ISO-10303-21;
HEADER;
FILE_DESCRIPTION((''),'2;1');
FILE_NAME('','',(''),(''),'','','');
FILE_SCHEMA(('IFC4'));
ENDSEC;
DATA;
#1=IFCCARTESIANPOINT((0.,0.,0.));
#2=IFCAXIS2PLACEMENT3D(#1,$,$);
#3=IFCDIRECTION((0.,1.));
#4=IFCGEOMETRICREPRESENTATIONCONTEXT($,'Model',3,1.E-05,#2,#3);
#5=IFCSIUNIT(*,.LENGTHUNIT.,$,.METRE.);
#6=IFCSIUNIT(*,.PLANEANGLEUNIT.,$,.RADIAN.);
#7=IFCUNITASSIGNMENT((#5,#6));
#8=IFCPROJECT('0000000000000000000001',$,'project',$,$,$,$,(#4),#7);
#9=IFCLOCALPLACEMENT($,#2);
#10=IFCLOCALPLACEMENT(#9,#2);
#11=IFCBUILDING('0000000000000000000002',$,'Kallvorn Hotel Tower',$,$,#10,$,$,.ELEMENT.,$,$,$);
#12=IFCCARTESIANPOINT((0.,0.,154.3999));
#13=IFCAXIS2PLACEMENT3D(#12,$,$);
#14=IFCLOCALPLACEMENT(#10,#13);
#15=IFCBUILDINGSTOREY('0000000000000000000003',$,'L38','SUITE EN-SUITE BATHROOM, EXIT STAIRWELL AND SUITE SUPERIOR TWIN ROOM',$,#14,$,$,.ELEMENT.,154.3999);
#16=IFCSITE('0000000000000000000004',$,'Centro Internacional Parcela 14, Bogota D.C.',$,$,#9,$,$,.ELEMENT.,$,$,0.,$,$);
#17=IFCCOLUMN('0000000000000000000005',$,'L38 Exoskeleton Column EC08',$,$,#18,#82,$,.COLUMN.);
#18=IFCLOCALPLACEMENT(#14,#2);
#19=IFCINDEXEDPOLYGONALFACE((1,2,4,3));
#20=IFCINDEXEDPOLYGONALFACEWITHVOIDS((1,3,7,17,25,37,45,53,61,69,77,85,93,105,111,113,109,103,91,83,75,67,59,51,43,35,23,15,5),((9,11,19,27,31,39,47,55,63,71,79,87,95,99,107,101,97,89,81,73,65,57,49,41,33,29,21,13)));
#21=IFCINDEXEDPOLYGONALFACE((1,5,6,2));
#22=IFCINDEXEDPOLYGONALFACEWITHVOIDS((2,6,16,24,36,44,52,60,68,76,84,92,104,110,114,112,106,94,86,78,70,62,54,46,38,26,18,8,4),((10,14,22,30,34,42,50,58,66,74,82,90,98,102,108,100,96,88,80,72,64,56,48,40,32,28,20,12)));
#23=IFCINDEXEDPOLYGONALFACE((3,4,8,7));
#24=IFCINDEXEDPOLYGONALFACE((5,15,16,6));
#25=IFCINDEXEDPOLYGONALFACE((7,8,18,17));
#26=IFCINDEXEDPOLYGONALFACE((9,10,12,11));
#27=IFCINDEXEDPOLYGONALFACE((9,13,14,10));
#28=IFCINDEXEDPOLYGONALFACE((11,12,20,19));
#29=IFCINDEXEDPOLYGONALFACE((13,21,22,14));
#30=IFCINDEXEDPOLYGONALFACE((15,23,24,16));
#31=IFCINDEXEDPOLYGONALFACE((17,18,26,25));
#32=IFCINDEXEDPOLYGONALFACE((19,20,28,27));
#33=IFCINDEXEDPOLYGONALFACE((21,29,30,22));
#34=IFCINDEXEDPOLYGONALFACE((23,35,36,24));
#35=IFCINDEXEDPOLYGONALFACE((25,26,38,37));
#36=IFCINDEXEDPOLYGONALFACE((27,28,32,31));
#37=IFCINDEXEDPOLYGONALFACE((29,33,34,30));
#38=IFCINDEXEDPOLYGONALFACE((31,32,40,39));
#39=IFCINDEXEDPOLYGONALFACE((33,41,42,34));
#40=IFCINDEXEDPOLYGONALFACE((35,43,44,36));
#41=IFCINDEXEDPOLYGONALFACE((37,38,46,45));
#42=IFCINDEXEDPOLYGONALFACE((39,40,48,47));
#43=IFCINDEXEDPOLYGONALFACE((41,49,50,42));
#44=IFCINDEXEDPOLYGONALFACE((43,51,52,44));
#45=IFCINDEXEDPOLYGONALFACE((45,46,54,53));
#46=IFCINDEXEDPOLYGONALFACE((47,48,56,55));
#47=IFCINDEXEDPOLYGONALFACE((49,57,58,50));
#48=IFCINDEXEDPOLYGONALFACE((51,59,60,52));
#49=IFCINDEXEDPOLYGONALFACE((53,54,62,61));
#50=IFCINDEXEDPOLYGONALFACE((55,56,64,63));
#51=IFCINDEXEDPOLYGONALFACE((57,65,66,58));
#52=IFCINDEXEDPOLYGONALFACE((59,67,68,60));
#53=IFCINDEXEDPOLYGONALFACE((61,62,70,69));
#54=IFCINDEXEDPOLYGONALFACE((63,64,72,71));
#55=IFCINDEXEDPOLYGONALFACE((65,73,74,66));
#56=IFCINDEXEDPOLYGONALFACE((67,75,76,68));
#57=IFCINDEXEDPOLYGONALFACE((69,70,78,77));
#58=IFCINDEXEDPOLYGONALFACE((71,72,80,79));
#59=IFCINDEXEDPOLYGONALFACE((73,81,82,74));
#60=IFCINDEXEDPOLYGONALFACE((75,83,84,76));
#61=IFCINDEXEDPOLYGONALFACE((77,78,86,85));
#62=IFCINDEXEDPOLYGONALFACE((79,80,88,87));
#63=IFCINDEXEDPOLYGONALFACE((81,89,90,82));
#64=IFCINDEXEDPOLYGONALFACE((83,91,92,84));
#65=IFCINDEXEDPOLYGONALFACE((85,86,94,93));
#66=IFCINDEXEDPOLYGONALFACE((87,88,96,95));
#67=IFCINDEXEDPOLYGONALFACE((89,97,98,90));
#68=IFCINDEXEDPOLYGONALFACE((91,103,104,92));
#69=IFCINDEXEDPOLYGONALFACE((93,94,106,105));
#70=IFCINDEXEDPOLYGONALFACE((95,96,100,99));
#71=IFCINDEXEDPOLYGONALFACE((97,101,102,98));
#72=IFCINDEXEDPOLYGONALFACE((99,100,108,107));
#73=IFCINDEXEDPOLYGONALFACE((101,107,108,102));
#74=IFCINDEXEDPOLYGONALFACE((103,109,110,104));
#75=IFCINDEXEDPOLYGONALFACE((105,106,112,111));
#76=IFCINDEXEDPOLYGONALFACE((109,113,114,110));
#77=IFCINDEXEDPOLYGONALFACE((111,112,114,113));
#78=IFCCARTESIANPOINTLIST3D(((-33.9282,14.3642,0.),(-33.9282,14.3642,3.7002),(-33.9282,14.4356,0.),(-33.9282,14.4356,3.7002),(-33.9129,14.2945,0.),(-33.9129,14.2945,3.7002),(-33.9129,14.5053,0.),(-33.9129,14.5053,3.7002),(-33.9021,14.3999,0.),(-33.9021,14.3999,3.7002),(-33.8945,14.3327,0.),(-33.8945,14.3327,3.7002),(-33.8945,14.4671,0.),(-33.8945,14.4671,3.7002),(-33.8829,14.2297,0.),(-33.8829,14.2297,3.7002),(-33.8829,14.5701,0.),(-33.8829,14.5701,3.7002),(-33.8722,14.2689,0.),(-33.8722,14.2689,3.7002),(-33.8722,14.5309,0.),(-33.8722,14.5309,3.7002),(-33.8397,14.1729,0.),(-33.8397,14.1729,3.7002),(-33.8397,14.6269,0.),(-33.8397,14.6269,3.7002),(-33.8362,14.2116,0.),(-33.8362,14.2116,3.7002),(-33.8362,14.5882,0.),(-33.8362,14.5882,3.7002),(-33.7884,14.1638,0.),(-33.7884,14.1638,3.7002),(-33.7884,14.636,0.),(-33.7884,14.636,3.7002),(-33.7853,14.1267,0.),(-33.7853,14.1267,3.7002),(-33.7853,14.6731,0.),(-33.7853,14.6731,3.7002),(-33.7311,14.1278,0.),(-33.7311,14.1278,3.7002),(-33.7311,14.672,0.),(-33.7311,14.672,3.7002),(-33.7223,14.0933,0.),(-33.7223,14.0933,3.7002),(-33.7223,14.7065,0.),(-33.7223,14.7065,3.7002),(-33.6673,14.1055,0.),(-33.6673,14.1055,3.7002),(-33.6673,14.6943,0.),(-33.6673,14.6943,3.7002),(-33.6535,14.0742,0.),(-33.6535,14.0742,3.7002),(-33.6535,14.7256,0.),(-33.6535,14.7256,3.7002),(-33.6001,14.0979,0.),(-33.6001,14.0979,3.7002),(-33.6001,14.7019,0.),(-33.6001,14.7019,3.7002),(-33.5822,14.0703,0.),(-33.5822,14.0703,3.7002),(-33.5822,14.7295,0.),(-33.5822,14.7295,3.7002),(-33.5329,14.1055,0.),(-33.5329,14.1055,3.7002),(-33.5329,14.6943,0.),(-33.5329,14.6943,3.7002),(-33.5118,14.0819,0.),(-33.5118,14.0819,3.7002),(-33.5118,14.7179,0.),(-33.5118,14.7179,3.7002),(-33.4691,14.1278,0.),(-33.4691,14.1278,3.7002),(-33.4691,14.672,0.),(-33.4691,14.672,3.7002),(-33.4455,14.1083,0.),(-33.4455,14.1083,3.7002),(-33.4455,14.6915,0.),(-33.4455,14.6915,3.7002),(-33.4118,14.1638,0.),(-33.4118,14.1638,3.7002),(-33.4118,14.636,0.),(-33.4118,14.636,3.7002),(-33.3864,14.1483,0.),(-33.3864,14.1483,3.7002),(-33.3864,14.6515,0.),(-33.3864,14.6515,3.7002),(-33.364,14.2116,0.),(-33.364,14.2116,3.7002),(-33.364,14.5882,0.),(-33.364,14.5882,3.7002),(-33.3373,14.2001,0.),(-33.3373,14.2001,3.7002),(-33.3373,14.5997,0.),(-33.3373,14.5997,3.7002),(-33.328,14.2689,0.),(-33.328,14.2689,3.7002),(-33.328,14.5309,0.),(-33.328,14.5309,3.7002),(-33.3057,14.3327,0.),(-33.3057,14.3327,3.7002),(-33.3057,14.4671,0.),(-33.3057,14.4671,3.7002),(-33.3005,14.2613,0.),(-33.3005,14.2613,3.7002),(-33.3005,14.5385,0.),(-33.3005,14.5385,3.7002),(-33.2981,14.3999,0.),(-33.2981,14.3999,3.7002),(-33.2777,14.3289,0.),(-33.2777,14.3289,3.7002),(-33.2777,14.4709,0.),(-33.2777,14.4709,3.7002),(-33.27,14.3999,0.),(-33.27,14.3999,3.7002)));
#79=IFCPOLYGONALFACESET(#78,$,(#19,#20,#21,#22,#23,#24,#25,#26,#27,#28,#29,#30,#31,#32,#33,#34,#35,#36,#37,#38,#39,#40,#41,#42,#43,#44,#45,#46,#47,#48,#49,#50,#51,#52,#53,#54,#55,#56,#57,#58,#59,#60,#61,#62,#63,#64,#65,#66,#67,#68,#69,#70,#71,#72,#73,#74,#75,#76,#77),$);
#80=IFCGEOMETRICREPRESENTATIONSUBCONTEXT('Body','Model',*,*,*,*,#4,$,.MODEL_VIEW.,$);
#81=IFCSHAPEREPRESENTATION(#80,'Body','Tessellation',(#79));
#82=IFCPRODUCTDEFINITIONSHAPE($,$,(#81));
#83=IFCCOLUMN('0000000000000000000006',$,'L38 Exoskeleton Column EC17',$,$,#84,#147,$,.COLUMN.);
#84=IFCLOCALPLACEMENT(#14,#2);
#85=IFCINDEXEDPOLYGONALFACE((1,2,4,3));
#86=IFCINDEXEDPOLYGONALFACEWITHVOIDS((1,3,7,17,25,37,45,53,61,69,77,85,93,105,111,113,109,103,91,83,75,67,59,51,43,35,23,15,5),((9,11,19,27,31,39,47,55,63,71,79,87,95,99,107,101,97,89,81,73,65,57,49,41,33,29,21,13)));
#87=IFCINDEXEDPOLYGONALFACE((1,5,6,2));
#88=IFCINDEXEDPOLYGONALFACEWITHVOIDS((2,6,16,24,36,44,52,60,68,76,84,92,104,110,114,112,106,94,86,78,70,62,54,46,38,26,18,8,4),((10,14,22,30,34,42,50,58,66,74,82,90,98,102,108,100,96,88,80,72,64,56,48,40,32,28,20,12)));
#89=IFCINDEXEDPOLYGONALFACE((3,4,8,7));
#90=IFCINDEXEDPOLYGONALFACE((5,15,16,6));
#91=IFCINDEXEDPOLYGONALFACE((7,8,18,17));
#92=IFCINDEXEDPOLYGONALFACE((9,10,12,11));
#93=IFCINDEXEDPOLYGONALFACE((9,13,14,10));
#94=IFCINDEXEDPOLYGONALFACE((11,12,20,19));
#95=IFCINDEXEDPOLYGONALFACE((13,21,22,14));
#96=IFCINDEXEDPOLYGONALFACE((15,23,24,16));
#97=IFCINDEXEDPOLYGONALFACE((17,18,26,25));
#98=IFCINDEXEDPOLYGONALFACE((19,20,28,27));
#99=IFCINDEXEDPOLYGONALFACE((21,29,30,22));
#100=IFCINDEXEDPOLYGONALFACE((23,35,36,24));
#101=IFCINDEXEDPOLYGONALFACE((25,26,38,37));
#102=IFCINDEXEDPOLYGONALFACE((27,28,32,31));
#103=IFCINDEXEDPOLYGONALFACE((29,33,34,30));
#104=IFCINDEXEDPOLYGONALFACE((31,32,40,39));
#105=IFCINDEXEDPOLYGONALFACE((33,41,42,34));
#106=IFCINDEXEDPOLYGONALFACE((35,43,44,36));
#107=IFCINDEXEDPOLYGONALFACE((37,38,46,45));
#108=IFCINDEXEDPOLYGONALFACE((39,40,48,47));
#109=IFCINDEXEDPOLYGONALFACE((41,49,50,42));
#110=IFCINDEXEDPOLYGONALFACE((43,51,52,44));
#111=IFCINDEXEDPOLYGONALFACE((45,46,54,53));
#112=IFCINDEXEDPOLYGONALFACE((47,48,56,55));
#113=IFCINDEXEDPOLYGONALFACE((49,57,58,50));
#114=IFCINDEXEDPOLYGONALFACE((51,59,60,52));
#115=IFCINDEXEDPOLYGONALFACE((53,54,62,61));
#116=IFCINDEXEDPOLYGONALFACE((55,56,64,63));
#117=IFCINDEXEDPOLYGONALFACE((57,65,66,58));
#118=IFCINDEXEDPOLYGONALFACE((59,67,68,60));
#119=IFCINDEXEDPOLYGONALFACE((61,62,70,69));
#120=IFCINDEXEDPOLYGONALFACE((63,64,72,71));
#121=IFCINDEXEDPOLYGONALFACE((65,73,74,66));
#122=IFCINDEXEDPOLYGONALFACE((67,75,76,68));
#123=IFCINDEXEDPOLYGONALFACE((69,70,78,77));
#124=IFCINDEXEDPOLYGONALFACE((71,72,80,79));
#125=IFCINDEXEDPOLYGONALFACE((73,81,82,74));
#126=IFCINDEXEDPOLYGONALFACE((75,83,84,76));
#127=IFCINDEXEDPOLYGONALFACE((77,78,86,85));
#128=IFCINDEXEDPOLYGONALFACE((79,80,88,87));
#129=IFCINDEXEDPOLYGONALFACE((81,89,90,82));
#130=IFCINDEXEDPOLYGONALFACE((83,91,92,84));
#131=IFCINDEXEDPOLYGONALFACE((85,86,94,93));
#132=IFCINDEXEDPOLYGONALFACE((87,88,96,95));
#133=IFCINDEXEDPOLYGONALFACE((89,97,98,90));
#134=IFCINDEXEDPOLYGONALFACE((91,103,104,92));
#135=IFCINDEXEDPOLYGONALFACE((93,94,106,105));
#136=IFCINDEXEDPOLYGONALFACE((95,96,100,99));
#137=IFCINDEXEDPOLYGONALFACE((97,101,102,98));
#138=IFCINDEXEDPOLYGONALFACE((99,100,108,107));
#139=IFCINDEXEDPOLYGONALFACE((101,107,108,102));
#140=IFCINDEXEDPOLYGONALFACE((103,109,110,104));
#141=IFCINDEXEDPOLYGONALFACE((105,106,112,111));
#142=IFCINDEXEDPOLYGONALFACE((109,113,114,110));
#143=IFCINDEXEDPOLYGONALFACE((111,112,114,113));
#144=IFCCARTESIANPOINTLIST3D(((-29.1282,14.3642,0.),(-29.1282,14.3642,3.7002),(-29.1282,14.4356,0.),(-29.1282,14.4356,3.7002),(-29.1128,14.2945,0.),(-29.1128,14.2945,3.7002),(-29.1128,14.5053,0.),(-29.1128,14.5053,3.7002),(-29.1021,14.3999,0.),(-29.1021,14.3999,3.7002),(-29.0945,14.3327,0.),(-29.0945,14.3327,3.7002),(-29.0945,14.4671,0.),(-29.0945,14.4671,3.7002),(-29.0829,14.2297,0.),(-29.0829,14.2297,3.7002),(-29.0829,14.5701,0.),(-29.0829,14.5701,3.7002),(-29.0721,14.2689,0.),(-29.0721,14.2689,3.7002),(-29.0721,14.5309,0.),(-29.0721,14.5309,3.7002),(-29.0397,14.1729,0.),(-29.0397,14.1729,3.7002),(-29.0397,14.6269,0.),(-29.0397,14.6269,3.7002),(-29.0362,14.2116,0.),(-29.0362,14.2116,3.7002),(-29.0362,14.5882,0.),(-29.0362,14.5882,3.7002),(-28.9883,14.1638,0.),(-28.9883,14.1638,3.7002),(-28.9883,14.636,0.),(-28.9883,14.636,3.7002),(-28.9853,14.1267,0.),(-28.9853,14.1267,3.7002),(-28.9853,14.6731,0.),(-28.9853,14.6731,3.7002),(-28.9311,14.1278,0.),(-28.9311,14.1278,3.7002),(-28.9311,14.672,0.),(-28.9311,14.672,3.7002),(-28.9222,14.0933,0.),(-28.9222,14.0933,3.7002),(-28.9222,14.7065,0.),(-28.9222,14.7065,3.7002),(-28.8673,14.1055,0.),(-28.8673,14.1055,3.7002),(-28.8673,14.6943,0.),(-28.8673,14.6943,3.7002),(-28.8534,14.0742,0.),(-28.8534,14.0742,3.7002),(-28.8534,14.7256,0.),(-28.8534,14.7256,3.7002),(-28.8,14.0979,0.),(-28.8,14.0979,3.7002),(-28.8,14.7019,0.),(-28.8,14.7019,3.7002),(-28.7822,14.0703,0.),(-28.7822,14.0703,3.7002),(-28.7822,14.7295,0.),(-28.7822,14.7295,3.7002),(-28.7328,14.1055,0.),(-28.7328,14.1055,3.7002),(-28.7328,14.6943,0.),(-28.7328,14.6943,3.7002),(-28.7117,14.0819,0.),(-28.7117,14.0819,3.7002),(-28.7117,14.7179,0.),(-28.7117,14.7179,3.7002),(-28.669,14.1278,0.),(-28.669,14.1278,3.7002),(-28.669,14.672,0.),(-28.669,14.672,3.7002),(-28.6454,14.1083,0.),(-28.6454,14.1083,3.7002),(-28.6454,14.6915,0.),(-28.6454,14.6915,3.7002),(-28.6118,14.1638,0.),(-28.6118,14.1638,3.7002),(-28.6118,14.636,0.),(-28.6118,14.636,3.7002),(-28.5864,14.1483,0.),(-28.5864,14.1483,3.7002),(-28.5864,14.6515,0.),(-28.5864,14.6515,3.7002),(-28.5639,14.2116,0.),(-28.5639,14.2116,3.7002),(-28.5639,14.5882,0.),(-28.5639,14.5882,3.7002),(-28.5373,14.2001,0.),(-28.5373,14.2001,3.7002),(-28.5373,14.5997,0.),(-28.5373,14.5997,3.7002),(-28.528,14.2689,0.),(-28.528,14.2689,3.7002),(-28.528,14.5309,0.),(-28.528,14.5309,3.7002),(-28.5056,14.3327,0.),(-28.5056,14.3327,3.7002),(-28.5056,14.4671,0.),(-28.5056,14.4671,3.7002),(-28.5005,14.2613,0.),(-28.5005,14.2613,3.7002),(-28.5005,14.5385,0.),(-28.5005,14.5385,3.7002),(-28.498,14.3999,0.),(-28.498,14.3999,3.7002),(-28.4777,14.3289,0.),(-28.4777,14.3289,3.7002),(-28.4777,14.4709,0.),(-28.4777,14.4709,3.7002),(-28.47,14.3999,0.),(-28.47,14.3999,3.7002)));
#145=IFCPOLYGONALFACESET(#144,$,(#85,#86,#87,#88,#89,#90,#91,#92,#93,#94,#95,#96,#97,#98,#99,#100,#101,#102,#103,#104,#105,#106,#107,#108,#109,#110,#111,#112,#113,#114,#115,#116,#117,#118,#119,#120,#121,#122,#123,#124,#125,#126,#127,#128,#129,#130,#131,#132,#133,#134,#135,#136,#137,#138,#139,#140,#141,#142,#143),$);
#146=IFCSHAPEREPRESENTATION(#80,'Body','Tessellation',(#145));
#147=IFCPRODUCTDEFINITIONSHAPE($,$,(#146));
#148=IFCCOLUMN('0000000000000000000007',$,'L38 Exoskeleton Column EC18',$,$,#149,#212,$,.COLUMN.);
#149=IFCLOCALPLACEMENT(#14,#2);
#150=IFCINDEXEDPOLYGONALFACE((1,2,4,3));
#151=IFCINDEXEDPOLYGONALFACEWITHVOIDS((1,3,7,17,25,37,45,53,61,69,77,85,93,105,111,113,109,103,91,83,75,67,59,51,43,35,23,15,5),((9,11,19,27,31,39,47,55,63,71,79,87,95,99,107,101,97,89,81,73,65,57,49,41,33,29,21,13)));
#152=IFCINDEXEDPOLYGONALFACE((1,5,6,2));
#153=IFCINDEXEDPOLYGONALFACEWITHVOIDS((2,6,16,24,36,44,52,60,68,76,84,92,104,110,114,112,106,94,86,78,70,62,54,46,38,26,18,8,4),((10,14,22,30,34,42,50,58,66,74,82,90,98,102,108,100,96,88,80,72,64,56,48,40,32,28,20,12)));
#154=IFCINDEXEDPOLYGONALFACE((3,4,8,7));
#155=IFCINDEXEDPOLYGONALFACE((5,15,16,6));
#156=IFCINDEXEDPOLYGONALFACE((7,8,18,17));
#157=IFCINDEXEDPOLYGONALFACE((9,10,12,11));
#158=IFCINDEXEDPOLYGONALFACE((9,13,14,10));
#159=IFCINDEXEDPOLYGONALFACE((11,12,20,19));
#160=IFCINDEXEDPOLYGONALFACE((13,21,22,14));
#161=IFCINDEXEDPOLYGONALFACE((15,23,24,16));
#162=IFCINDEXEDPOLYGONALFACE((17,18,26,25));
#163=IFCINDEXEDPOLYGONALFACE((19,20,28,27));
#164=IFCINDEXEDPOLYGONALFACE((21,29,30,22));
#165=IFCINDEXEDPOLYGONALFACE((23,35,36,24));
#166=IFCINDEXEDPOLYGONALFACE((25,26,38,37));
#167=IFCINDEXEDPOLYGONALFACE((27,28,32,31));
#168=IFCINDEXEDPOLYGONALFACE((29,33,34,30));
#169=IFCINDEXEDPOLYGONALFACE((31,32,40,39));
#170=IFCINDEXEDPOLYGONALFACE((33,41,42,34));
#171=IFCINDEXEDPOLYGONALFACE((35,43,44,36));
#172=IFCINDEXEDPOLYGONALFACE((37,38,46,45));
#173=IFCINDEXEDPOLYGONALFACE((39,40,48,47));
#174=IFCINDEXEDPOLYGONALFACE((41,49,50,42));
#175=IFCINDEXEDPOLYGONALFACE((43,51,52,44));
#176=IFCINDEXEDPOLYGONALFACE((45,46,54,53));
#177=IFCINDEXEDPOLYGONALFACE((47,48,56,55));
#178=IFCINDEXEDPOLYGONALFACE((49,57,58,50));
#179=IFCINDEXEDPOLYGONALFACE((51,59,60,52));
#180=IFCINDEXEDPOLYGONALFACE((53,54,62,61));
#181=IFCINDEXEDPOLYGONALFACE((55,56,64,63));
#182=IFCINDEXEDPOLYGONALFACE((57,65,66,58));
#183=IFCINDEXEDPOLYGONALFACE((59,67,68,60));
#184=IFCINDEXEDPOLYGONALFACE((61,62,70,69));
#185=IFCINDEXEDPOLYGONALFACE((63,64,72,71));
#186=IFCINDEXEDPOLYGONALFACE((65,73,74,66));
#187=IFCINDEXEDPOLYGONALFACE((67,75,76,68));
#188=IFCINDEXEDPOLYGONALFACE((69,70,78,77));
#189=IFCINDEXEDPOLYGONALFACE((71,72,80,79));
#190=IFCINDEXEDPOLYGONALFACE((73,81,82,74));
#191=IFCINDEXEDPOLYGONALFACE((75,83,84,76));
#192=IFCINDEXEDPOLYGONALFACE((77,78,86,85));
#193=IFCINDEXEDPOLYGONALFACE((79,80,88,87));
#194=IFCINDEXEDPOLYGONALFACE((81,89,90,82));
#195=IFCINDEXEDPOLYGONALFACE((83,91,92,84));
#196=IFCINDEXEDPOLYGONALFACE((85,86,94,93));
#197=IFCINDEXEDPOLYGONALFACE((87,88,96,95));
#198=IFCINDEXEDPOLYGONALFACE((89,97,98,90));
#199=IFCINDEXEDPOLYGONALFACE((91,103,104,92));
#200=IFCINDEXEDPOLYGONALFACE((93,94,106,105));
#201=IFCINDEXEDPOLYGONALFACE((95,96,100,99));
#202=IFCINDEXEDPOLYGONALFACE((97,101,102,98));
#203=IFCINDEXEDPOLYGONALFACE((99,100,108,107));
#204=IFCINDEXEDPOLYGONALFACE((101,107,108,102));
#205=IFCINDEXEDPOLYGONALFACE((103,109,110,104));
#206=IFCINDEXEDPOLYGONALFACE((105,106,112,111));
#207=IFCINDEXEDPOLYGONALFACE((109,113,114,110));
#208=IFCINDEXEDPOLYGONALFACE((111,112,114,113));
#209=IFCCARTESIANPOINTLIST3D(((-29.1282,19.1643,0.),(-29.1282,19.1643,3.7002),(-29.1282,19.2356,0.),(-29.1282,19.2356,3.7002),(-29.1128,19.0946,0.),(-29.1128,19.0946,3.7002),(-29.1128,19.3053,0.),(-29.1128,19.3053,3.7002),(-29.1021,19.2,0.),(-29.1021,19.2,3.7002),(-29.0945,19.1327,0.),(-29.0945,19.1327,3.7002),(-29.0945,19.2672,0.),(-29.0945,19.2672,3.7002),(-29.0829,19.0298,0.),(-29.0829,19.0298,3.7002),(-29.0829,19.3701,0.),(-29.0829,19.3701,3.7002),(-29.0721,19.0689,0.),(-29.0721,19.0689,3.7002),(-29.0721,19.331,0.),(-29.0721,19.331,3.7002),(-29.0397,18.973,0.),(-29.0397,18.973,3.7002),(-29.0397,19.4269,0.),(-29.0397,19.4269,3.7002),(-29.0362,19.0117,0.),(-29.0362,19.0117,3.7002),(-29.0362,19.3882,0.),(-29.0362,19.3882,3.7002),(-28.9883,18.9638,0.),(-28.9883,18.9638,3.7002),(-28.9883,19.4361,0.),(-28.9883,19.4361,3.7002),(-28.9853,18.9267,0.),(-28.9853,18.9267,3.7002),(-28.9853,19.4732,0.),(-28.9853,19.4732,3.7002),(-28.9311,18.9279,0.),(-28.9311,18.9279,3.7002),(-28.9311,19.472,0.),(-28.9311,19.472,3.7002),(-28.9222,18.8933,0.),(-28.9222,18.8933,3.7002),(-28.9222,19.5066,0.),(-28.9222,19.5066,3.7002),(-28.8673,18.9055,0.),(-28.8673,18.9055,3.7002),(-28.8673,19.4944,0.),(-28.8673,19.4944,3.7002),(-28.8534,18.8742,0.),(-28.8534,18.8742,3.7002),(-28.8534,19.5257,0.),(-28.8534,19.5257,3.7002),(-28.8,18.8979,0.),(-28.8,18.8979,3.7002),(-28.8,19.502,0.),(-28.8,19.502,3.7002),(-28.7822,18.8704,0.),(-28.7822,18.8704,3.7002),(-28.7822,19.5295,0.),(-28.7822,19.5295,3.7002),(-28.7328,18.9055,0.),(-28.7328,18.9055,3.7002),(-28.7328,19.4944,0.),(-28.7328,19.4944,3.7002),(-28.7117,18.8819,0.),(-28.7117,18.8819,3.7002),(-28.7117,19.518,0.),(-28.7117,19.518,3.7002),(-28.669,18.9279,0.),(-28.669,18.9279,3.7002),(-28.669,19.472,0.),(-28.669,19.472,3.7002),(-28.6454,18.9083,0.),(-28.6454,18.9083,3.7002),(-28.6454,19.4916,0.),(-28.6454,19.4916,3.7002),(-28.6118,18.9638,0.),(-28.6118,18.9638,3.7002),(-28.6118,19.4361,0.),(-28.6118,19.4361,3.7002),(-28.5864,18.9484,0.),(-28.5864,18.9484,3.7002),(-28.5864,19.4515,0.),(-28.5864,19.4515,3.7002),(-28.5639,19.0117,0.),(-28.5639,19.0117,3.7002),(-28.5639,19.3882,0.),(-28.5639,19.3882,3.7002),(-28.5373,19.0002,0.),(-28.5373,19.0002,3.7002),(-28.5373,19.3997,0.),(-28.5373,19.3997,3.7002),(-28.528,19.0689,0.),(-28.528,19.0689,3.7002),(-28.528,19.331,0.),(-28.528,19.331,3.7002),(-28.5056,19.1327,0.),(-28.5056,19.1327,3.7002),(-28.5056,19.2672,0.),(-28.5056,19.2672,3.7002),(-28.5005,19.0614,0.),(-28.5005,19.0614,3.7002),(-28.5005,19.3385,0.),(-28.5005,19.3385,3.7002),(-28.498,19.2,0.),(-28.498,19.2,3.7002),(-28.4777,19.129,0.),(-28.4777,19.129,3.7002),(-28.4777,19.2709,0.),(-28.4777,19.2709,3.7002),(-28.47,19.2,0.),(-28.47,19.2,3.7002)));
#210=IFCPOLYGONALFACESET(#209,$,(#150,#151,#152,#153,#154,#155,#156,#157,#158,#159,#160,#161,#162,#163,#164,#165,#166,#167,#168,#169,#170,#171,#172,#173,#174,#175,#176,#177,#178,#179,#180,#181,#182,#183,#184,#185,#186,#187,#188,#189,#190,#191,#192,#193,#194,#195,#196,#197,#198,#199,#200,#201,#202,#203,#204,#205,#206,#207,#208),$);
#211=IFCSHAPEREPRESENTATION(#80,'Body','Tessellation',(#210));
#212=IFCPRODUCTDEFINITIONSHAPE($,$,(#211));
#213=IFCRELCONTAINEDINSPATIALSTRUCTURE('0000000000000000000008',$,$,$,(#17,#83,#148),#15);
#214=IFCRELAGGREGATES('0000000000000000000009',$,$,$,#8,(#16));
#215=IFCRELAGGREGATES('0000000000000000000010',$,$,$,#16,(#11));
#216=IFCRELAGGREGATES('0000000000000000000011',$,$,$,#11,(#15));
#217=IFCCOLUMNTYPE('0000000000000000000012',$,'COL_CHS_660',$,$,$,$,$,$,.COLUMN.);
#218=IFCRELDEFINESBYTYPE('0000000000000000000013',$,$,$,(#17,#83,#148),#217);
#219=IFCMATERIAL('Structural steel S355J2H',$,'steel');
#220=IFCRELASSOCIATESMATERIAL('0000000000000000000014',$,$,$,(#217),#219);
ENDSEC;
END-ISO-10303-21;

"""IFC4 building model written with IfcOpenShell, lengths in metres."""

from ifc_helpers import new_model, si_unit, direction, frame, origin, origin_2d, place, context, subcontext, project, spatial, hollow_circle, extrude, material, material_profile, profile_set, type_object, element, save


model = new_model("IFC4")

# Units and contexts
model_context = context("Model", 3, precision=1e-05, world=origin(), true_north=direction((0.0, 1.0)))
body_context = subcontext(model_context, "Body", "Model", "MODEL_VIEW")
ifc_project = project(units=[si_unit("LENGTHUNIT", "METRE"), si_unit("PLANEANGLEUNIT", "RADIAN")], contexts=[model_context])

# Site, building, storey
site_placement = place(None, origin())
site = spatial("IfcSite", under=ifc_project, at=site_placement, Name="Centro Internacional Parcela 14, Bogota D.C.", CompositionType="ELEMENT", RefElevation=0.0)
building_placement = place(site_placement, origin())
building = spatial("IfcBuilding", under=site, at=building_placement, Name="Kallvorn Hotel Tower", CompositionType="ELEMENT")
storey_placement = place(building_placement, frame((0.0, 0.0, 154.3999)))
storey = spatial("IfcBuildingStorey", under=building, at=storey_placement, Name="L38", Description="SUITE EN-SUITE BATHROOM, EXIT STAIRWELL AND SUITE SUPERIOR TWIN ROOM", CompositionType="ELEMENT", Elevation=154.3999)

# Columns
ifc_material_1 = material(Name="Structural steel S355J2H", Category="steel")
ifc_material_profile_1 = material_profile(ifc_material_1, hollow_circle(Radius=0.3301, WallThickness=0.0281, at=origin_2d()), Name="CHS 660x28")
ifc_profile_set_1 = profile_set([ifc_material_profile_1], Name="Structural steel S355J2H")
column_type_1 = type_object("IfcColumnType", Name="COL_CHS_660", PredefinedType="COLUMN", material=ifc_profile_set_1)
for number, where, z_axis, x_axis, name in (
    (1, (-33.6001, 14.3999, 0.0), (0.0, 0.0, 1.0), (1.0, 0.0, 0.0), "L38 Exoskeleton Column EC08"),
    (2, (-28.8, 14.3999, 0.0), (0.0, 0.0, 1.0), (1.0, 0.0, 0.0), "L38 Exoskeleton Column EC17"),
    (3, (-28.8, 19.2, 0.0), (0.0, 0.0, 1.0), (1.0, 0.0, 0.0), "L38 Exoskeleton Column EC18"),
):
    element("IfcColumn", number, at=place(storey_placement, frame(where, z_axis=z_axis, x_axis=x_axis)), inside=storey, type_object=column_type_1, Name=name, PredefinedType="COLUMN", context=body_context, shape_type="SweptSolid", body=[
        extrude(hollow_circle(Radius=0.3301, WallThickness=0.0281, at=origin_2d()), origin(), (0.0, 0.0, 1.0), 3.7002),
    ])

save(model, "model.ifc")
